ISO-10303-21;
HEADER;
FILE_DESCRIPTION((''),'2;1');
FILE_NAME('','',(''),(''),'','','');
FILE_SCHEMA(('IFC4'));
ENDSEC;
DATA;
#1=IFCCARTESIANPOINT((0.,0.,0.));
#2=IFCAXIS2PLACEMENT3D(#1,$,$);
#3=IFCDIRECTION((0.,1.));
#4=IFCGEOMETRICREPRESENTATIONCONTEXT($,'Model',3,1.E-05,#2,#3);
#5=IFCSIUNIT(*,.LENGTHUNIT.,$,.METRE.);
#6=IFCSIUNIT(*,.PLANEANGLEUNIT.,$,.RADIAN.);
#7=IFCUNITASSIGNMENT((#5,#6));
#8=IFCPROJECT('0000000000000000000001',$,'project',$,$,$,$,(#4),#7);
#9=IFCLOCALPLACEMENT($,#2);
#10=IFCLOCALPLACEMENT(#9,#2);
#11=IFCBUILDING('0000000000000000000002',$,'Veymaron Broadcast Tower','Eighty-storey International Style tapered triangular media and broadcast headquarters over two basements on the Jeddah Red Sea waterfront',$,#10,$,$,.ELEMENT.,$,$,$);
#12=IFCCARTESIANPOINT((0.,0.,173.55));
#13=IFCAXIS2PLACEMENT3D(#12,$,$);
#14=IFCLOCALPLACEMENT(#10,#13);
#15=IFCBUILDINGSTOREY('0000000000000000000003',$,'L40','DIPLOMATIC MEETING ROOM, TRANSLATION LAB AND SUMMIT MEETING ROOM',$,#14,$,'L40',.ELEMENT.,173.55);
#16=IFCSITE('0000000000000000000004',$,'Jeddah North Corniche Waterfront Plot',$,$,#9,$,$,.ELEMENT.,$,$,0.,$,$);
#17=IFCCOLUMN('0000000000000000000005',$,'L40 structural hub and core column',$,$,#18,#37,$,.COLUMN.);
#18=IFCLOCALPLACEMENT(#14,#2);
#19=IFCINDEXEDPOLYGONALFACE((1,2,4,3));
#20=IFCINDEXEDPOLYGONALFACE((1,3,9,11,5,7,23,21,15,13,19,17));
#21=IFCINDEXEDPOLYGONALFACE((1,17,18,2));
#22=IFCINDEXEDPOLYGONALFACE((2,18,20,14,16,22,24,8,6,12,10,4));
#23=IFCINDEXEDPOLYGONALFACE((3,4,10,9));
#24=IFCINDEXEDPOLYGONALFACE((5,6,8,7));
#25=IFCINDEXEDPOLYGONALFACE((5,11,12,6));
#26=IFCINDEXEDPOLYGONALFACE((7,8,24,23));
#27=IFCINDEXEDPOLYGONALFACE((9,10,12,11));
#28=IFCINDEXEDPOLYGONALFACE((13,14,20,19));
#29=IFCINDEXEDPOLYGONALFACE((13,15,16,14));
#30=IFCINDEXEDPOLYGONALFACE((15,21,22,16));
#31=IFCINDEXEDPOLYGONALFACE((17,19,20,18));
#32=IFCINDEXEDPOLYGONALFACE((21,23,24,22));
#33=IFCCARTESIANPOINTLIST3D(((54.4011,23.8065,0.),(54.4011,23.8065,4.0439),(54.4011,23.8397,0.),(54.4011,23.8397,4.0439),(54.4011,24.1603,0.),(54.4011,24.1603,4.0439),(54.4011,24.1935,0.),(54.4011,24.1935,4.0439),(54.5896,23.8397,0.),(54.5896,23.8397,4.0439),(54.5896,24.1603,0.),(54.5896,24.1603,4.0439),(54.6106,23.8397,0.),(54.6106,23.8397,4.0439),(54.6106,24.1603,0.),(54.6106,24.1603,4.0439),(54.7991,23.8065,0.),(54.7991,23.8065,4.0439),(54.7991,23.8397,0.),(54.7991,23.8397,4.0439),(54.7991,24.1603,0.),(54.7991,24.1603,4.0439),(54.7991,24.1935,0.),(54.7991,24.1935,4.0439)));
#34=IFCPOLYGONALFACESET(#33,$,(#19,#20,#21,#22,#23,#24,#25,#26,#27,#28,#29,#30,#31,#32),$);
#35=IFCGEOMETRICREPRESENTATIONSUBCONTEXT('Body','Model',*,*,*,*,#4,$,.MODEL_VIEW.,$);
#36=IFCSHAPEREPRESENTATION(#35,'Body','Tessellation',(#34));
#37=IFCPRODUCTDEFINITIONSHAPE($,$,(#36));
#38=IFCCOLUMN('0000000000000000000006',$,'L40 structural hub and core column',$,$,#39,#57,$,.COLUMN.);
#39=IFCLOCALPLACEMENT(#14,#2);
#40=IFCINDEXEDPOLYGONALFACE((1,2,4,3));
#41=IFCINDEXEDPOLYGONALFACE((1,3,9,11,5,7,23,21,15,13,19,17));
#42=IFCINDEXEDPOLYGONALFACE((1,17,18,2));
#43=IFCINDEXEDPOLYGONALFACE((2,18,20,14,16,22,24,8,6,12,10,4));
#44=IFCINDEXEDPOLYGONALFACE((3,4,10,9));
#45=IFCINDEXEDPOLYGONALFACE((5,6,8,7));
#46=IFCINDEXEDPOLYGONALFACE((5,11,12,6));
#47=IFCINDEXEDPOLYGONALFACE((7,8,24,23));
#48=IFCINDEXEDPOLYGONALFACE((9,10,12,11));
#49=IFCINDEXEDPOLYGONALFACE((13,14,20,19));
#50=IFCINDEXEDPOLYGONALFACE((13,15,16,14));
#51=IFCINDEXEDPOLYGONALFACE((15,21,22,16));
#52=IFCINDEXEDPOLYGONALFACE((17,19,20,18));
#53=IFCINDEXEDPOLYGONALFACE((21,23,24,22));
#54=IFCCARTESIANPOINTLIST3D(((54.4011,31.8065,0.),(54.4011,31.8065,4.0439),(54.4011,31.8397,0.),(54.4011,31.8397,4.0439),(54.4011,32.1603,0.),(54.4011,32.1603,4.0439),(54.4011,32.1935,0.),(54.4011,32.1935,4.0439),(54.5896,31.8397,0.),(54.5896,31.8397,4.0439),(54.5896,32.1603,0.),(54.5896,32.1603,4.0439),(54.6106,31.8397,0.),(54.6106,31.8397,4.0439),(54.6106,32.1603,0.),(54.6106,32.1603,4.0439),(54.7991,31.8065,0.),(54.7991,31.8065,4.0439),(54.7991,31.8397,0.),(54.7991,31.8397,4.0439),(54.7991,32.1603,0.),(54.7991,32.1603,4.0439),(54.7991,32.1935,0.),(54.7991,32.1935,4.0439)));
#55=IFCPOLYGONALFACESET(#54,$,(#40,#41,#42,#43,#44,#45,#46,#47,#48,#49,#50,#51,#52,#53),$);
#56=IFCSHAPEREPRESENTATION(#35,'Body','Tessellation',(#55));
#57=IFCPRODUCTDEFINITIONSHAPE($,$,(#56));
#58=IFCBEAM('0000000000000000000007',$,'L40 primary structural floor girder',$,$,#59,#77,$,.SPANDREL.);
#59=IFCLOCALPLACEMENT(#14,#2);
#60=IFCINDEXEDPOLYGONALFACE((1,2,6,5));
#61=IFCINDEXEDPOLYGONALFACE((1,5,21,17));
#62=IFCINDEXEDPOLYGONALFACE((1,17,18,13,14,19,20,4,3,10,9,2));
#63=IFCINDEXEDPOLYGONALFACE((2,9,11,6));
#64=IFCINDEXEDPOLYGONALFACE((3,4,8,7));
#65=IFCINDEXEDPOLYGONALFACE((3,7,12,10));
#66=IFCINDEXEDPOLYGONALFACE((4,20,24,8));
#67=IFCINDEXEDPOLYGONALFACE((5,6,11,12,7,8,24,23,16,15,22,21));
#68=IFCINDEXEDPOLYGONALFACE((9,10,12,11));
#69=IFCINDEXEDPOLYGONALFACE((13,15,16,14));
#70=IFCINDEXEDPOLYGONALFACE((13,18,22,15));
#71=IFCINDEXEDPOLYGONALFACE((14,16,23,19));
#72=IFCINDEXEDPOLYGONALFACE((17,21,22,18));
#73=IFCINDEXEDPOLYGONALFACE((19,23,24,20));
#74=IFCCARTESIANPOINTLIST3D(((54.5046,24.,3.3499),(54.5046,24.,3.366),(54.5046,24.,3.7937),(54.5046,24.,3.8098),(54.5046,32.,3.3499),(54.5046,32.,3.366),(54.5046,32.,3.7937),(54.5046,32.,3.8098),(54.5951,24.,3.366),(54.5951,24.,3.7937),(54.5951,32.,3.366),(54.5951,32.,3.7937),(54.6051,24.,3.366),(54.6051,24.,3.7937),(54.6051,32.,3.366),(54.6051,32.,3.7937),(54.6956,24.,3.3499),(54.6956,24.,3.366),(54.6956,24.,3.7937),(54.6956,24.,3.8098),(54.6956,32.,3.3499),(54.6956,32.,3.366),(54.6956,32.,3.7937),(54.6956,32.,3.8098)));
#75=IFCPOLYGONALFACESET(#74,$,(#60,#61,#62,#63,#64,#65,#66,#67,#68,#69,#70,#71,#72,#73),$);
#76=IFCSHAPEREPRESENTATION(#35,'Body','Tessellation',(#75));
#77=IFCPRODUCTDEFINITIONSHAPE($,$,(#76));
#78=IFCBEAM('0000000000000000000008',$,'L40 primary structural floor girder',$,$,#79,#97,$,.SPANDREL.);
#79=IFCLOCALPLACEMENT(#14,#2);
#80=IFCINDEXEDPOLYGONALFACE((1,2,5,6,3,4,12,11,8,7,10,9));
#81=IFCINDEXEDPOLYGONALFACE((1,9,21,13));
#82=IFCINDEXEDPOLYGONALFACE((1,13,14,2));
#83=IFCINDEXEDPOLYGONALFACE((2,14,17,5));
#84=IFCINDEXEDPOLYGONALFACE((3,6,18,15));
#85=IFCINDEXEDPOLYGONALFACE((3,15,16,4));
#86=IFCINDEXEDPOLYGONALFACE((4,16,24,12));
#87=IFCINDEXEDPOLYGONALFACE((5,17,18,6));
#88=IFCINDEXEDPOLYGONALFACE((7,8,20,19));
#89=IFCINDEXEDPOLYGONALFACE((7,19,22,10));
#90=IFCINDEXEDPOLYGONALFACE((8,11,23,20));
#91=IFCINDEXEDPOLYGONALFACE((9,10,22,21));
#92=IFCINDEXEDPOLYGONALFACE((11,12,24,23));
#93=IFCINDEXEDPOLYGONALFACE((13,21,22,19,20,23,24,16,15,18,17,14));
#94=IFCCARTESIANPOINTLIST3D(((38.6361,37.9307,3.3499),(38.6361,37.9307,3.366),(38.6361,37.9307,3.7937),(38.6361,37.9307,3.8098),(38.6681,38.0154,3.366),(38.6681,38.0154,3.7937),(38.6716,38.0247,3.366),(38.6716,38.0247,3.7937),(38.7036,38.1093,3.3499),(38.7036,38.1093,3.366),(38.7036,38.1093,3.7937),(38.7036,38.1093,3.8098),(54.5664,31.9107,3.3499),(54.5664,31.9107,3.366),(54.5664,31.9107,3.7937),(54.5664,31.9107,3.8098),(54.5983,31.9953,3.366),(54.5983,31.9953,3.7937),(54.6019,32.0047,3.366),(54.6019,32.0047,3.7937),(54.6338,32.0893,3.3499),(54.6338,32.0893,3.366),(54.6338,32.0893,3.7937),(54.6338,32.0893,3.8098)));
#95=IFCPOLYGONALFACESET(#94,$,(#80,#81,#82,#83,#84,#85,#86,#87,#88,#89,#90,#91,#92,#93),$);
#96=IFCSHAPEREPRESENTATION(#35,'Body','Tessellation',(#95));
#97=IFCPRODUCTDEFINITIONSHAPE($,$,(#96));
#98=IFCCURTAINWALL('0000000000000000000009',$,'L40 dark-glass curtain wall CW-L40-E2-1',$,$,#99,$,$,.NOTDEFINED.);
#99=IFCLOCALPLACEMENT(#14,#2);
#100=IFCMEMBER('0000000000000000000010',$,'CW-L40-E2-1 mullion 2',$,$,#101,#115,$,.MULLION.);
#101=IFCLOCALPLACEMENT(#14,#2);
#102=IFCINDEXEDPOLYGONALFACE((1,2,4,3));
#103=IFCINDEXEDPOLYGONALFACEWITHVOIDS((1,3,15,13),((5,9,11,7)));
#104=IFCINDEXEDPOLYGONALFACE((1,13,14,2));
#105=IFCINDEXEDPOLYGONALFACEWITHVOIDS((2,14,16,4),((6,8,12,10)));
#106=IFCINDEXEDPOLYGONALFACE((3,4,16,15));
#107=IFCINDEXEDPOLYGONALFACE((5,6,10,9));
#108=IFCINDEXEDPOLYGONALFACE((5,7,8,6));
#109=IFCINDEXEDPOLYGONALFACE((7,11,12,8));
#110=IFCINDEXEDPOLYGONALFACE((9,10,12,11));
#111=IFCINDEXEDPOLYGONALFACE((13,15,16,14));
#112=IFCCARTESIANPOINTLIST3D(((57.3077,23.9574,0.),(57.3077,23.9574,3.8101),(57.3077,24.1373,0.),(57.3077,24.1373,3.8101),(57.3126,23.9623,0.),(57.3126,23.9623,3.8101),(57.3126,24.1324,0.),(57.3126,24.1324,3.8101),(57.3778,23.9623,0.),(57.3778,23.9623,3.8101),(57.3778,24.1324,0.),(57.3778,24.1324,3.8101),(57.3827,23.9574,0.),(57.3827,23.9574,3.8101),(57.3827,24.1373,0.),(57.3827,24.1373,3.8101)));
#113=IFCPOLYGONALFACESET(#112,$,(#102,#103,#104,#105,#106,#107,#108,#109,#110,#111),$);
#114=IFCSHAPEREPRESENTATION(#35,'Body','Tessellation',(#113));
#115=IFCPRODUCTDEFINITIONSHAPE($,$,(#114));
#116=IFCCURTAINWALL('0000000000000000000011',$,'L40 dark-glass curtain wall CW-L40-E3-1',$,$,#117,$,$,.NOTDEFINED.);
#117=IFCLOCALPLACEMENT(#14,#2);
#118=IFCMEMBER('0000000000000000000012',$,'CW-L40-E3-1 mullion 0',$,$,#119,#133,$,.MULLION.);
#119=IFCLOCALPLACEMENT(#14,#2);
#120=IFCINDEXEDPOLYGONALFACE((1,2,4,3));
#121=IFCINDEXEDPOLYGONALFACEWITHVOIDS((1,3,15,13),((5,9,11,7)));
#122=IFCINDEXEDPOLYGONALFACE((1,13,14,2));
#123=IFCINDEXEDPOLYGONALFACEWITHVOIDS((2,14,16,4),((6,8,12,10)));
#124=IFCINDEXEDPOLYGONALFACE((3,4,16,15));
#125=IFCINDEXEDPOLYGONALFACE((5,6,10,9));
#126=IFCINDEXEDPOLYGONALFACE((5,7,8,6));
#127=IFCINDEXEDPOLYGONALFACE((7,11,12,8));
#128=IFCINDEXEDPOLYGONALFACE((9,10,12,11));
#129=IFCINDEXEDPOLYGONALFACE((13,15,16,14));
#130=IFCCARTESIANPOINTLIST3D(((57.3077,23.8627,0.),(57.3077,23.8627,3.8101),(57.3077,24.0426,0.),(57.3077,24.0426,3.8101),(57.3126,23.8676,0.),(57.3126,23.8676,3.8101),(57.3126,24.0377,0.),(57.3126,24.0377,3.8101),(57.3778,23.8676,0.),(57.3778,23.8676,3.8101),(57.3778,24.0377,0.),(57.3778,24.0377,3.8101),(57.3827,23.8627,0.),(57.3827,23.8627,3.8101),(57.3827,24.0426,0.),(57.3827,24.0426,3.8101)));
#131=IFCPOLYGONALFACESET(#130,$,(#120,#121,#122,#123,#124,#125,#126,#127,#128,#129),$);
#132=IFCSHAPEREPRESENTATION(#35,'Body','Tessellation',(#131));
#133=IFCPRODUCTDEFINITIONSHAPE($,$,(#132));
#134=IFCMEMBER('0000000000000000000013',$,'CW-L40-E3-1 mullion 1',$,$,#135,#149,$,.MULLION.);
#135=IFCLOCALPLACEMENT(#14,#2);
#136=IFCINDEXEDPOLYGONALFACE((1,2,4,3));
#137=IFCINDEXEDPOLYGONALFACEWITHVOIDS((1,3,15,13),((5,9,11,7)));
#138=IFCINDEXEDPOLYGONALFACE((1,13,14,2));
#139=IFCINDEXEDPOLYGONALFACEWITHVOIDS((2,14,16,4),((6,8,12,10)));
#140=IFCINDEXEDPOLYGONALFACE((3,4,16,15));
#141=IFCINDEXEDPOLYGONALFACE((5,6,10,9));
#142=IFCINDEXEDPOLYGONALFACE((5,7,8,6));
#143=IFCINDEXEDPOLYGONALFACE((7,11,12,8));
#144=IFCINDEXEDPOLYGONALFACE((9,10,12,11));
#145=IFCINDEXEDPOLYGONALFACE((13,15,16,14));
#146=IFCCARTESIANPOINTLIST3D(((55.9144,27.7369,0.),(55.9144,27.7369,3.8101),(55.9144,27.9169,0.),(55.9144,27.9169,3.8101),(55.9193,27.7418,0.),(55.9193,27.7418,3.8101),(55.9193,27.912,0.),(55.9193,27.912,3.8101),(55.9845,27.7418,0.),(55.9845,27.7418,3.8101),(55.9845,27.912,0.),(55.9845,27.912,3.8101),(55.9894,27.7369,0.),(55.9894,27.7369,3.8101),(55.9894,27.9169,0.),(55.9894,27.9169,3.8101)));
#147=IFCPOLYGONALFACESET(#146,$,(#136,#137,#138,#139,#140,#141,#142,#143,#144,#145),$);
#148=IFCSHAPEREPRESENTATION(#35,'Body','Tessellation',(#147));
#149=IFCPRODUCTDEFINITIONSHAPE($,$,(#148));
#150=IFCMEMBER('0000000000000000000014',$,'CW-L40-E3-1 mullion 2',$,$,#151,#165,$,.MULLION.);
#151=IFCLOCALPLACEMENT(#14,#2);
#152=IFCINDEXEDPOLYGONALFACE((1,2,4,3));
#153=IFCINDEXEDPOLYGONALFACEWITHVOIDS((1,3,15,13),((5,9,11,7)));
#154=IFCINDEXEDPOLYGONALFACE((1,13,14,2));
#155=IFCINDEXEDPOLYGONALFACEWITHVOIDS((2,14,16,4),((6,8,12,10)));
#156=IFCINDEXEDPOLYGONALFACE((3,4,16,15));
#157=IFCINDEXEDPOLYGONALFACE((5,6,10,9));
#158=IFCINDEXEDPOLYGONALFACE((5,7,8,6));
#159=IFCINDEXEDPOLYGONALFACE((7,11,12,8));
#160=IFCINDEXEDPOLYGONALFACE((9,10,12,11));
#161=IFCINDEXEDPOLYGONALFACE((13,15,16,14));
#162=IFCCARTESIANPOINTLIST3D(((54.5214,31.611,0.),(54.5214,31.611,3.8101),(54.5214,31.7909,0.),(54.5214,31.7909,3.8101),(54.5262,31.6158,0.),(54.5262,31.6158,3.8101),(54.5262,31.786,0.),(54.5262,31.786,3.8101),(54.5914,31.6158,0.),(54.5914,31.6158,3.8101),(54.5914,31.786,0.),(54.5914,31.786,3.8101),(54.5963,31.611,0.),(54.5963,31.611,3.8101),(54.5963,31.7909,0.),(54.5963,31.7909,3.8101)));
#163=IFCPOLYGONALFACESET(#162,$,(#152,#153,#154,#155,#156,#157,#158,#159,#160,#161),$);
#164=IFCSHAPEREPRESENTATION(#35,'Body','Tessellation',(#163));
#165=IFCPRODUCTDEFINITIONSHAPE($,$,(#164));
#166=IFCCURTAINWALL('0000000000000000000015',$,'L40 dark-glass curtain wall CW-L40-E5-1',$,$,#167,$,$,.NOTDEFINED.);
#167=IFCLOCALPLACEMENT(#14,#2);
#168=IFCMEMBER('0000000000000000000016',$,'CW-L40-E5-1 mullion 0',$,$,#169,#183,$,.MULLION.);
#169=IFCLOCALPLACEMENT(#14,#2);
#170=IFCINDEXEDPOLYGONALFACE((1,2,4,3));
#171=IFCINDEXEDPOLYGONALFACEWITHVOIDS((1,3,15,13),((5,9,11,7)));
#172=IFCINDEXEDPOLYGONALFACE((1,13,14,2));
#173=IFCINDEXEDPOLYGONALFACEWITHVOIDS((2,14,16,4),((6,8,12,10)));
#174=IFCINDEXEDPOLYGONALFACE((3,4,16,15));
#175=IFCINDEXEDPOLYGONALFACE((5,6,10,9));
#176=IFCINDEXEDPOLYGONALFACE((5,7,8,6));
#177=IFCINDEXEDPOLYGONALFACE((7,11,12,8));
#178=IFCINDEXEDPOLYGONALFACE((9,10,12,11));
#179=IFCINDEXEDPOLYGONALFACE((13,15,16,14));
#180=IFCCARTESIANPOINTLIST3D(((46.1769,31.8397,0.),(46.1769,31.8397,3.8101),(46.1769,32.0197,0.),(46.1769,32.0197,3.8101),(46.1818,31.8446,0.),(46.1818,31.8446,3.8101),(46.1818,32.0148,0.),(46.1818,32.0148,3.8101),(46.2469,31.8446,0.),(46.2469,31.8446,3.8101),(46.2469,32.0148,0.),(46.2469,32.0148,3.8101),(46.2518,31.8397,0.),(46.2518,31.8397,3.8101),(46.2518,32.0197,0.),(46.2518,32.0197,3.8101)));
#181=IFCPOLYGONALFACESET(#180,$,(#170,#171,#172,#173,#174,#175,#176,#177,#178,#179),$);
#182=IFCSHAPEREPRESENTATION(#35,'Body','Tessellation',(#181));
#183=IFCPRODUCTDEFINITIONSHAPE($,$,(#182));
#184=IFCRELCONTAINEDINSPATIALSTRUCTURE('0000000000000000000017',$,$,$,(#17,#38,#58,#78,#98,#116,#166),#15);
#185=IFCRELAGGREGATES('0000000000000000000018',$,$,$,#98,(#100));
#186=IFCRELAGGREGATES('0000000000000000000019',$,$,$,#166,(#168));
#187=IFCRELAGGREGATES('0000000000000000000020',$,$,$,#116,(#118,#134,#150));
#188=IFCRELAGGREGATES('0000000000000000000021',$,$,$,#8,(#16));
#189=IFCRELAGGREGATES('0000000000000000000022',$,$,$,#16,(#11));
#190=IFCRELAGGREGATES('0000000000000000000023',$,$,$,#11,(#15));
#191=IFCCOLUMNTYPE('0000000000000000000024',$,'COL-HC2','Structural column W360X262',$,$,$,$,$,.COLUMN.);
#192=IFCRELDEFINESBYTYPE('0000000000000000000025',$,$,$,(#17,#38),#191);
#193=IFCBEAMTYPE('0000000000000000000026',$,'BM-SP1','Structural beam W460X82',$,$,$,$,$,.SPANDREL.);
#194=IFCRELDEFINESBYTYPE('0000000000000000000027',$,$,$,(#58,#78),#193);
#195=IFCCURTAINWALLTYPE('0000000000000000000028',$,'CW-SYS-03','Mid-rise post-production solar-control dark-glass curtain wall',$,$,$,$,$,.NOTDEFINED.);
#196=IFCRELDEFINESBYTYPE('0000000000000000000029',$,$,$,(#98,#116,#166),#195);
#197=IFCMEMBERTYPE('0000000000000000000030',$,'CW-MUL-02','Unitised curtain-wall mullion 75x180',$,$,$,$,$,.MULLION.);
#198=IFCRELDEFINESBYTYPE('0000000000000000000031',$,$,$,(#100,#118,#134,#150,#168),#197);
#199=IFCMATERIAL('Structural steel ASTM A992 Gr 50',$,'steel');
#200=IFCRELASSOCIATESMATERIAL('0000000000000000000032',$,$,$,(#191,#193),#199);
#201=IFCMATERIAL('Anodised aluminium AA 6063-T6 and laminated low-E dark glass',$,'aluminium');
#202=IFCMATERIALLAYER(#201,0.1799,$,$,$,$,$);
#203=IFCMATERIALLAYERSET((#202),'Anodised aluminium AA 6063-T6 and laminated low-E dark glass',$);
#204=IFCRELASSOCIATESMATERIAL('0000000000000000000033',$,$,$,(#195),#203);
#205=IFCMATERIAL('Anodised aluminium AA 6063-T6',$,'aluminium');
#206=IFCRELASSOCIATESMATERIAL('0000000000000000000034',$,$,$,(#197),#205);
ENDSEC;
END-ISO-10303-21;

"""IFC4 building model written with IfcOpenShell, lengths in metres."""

from ifc_helpers import new_model, si_unit, direction, frame, origin, origin_2d, place, context, subcontext, project, spatial, hollow_rectangle, i_section, extrude, material, layer, layer_set, material_profile, profile_set, type_object, element, aggregate, save


model = new_model("IFC4")

# Units and contexts
model_context = context("Model", 3, precision=1e-05, world=origin(), true_north=direction((0.0, 1.0)))
body_context = subcontext(model_context, "Body", "Model", "MODEL_VIEW")
ifc_project = project(units=[si_unit("LENGTHUNIT", "METRE"), si_unit("PLANEANGLEUNIT", "RADIAN")], contexts=[model_context])

# Site, building, storey
site_placement = place(None, origin())
site = spatial("IfcSite", under=ifc_project, at=site_placement, Name="Jeddah North Corniche Waterfront Plot", CompositionType="ELEMENT", RefElevation=0.0)
building_placement = place(site_placement, origin())
building = spatial("IfcBuilding", under=site, at=building_placement, Name="Veymaron Broadcast Tower", Description="Eighty-storey International Style tapered triangular media and broadcast headquarters over two basements on the Jeddah Red Sea waterfront", CompositionType="ELEMENT")
storey_placement = place(building_placement, frame((0.0, 0.0, 173.55)))
storey = spatial("IfcBuildingStorey", under=building, at=storey_placement, Name="L40", Description="DIPLOMATIC MEETING ROOM, TRANSLATION LAB AND SUMMIT MEETING ROOM", LongName="L40", CompositionType="ELEMENT", Elevation=173.55)

# Columns
ifc_material_1 = material(Name="Structural steel ASTM A992 Gr 50", Category="steel")
ifc_material_profile_1 = material_profile(ifc_material_1, i_section(OverallWidth=0.3979, OverallDepth=0.387, WebThickness=0.021, FlangeThickness=0.0332, at=origin_2d()), Name="W360X262")
ifc_profile_set_1 = profile_set([ifc_material_profile_1], Name="Structural steel ASTM A992 Gr 50")
column_type = type_object("IfcColumnType", Name="COL-HC2", Description="Structural column W360X262", PredefinedType="COLUMN", material=ifc_profile_set_1)
for number, where, z_axis, x_axis, name in (
    (1, (54.6001, 24.0, 0.0), (0.0, 0.0, 1.0), (1.0, 0.0, 0.0), "L40 structural hub and core column"),
    (2, (54.6001, 32.0, 0.0), (0.0, 0.0, 1.0), (1.0, 0.0, 0.0), "L40 structural hub and core column"),
):
    element("IfcColumn", number, at=place(storey_placement, frame(where, z_axis=z_axis, x_axis=x_axis)), inside=storey, type_object=column_type, Name=name, PredefinedType="COLUMN", context=body_context, shape_type="SweptSolid", body=[
        extrude(i_section(OverallWidth=0.3979, OverallDepth=0.387, WebThickness=0.021, FlangeThickness=0.0332, at=origin_2d()), origin(), (0.0, 0.0, 1.0), 4.0439),
    ])

# Beams
ifc_material_profile_2 = material_profile(ifc_material_1, i_section(OverallWidth=0.1909, OverallDepth=0.46, WebThickness=0.01, FlangeThickness=0.0161, at=origin_2d()), Name="W460X82")
ifc_profile_set_2 = profile_set([ifc_material_profile_2], Name="Structural steel ASTM A992 Gr 50")
beam_type = type_object("IfcBeamType", Name="BM-SP1", Description="Structural beam W460X82", PredefinedType="SPANDREL", material=ifc_profile_set_2)
beam_1_placement = place(storey_placement, frame((54.6001, 24.0, 3.5798), z_axis=(0.0, 1.0, 0.0), x_axis=(-1.0, 0.0, 0.0)))
element("IfcBeam", 3, at=beam_1_placement, inside=storey, type_object=beam_type, Name="L40 primary structural floor girder", PredefinedType="SPANDREL", context=body_context, shape_type="SweptSolid", body=[
    extrude(i_section(OverallWidth=0.1909, OverallDepth=0.46, WebThickness=0.01, FlangeThickness=0.0161, at=origin_2d()), origin(), (0.0, 0.0, 1.0), 8.0),
])
beam_2_placement = place(storey_placement, frame((54.6001, 32.0, 3.5798), z_axis=(-0.935434, 0.353501, 0.0), x_axis=(-0.353501, -0.935434, 0.0)))
element("IfcBeam", 4, at=beam_2_placement, inside=storey, type_object=beam_type, Name="L40 primary structural floor girder", PredefinedType="SPANDREL", context=body_context, shape_type="SweptSolid", body=[
    extrude(i_section(OverallWidth=0.1909, OverallDepth=0.46, WebThickness=0.01, FlangeThickness=0.0161, at=origin_2d()), origin(), (0.0, 0.0, 1.0), 17.0298),
])

# Curtain wall, member
ifc_material_2 = material(Name="Anodised aluminium AA 6063-T6 and laminated low-E dark glass", Category="aluminium")
ifc_layer_1 = layer(ifc_material_2, 0.1799)
ifc_layer_set_1 = layer_set([ifc_layer_1], Name="Anodised aluminium AA 6063-T6 and laminated low-E dark glass")
curtain_wall_type = type_object("IfcCurtainWallType", Name="CW-SYS-03", Description="Mid-rise post-production solar-control dark-glass curtain wall", PredefinedType="NOTDEFINED", material=ifc_layer_set_1)
curtain_wall_1_placement = place(storey_placement, origin())
curtain_wall_1 = element("IfcCurtainWall", 5, at=curtain_wall_1_placement, inside=storey, type_object=curtain_wall_type, Name="L40 dark-glass curtain wall CW-L40-E2-1", PredefinedType="NOTDEFINED")
ifc_material_3 = material(Name="Anodised aluminium AA 6063-T6", Category="aluminium")
ifc_material_profile_3 = material_profile(ifc_material_3, hollow_rectangle(XDim=0.075, YDim=0.1799, WallThickness=0.0049, at=origin_2d()), Name="AL180X75X5")
ifc_profile_set_3 = profile_set([ifc_material_profile_3], Name="Anodised aluminium AA 6063-T6")
member_type_1 = type_object("IfcMemberType", Name="CW-MUL-02", Description="Unitised curtain-wall mullion 75x180", PredefinedType="MULLION", material=ifc_profile_set_3)
member_1_placement = place(storey_placement, frame((57.3452, 24.0474, 0.0), z_axis=(0.0, 0.0, 1.0), x_axis=(1.0, 0.0, 0.0)))
member_1 = element("IfcMember", 6, at=member_1_placement, type_object=member_type_1, Name="CW-L40-E2-1 mullion 2", PredefinedType="MULLION", context=body_context, shape_type="SweptSolid", body=[
    extrude(hollow_rectangle(XDim=0.075, YDim=0.1799, WallThickness=0.0049, at=origin_2d()), origin(), (0.0, 0.0, 1.0), 3.8101),
])
aggregate(curtain_wall_1, [member_1])

# Curtain wall, members
curtain_wall_2_placement = place(storey_placement, origin())
curtain_wall_2 = element("IfcCurtainWall", 7, at=curtain_wall_2_placement, inside=storey, type_object=curtain_wall_type, Name="L40 dark-glass curtain wall CW-L40-E3-1", PredefinedType="NOTDEFINED")
member_2_placement = place(storey_placement, frame((57.3452, 23.9526, 0.0), z_axis=(0.0, 0.0, 1.0), x_axis=(1.0, 0.0, 0.0)))
member_2 = element("IfcMember", 8, at=member_2_placement, type_object=member_type_1, Name="CW-L40-E3-1 mullion 0", PredefinedType="MULLION", context=body_context, shape_type="SweptSolid", body=[
    extrude(hollow_rectangle(XDim=0.075, YDim=0.1799, WallThickness=0.0049, at=origin_2d()), origin(), (0.0, 0.0, 1.0), 3.8101),
])
member_3_placement = place(storey_placement, frame((55.9519, 27.8269, 0.0), z_axis=(0.0, 0.0, 1.0), x_axis=(1.0, 0.0, 0.0)))
member_3 = element("IfcMember", 9, at=member_3_placement, type_object=member_type_1, Name="CW-L40-E3-1 mullion 1", PredefinedType="MULLION", context=body_context, shape_type="SweptSolid", body=[
    extrude(hollow_rectangle(XDim=0.075, YDim=0.1799, WallThickness=0.0049, at=origin_2d()), origin(), (0.0, 0.0, 1.0), 3.8101),
])
member_4_placement = place(storey_placement, frame((54.5588, 31.7009, 0.0), z_axis=(0.0, 0.0, 1.0), x_axis=(1.0, 0.0, 0.0)))
member_4 = element("IfcMember", 10, at=member_4_placement, type_object=member_type_1, Name="CW-L40-E3-1 mullion 2", PredefinedType="MULLION", context=body_context, shape_type="SweptSolid", body=[
    extrude(hollow_rectangle(XDim=0.075, YDim=0.1799, WallThickness=0.0049, at=origin_2d()), origin(), (0.0, 0.0, 1.0), 3.8101),
])

# Curtain wall, member
curtain_wall_3_placement = place(storey_placement, origin())
curtain_wall_3 = element("IfcCurtainWall", 11, at=curtain_wall_3_placement, inside=storey, type_object=curtain_wall_type, Name="L40 dark-glass curtain wall CW-L40-E5-1", PredefinedType="NOTDEFINED")
member_5_placement = place(storey_placement, frame((46.2144, 31.9297, 0.0), z_axis=(0.0, 0.0, 1.0), x_axis=(1.0, 0.0, 0.0)))
member_5 = element("IfcMember", 12, at=member_5_placement, type_object=member_type_1, Name="CW-L40-E5-1 mullion 0", PredefinedType="MULLION", context=body_context, shape_type="SweptSolid", body=[
    extrude(hollow_rectangle(XDim=0.075, YDim=0.1799, WallThickness=0.0049, at=origin_2d()), origin(), (0.0, 0.0, 1.0), 3.8101),
])

aggregate(curtain_wall_3, [member_5])

aggregate(curtain_wall_2, [member_2, member_3, member_4])

save(model, "model.ifc")
